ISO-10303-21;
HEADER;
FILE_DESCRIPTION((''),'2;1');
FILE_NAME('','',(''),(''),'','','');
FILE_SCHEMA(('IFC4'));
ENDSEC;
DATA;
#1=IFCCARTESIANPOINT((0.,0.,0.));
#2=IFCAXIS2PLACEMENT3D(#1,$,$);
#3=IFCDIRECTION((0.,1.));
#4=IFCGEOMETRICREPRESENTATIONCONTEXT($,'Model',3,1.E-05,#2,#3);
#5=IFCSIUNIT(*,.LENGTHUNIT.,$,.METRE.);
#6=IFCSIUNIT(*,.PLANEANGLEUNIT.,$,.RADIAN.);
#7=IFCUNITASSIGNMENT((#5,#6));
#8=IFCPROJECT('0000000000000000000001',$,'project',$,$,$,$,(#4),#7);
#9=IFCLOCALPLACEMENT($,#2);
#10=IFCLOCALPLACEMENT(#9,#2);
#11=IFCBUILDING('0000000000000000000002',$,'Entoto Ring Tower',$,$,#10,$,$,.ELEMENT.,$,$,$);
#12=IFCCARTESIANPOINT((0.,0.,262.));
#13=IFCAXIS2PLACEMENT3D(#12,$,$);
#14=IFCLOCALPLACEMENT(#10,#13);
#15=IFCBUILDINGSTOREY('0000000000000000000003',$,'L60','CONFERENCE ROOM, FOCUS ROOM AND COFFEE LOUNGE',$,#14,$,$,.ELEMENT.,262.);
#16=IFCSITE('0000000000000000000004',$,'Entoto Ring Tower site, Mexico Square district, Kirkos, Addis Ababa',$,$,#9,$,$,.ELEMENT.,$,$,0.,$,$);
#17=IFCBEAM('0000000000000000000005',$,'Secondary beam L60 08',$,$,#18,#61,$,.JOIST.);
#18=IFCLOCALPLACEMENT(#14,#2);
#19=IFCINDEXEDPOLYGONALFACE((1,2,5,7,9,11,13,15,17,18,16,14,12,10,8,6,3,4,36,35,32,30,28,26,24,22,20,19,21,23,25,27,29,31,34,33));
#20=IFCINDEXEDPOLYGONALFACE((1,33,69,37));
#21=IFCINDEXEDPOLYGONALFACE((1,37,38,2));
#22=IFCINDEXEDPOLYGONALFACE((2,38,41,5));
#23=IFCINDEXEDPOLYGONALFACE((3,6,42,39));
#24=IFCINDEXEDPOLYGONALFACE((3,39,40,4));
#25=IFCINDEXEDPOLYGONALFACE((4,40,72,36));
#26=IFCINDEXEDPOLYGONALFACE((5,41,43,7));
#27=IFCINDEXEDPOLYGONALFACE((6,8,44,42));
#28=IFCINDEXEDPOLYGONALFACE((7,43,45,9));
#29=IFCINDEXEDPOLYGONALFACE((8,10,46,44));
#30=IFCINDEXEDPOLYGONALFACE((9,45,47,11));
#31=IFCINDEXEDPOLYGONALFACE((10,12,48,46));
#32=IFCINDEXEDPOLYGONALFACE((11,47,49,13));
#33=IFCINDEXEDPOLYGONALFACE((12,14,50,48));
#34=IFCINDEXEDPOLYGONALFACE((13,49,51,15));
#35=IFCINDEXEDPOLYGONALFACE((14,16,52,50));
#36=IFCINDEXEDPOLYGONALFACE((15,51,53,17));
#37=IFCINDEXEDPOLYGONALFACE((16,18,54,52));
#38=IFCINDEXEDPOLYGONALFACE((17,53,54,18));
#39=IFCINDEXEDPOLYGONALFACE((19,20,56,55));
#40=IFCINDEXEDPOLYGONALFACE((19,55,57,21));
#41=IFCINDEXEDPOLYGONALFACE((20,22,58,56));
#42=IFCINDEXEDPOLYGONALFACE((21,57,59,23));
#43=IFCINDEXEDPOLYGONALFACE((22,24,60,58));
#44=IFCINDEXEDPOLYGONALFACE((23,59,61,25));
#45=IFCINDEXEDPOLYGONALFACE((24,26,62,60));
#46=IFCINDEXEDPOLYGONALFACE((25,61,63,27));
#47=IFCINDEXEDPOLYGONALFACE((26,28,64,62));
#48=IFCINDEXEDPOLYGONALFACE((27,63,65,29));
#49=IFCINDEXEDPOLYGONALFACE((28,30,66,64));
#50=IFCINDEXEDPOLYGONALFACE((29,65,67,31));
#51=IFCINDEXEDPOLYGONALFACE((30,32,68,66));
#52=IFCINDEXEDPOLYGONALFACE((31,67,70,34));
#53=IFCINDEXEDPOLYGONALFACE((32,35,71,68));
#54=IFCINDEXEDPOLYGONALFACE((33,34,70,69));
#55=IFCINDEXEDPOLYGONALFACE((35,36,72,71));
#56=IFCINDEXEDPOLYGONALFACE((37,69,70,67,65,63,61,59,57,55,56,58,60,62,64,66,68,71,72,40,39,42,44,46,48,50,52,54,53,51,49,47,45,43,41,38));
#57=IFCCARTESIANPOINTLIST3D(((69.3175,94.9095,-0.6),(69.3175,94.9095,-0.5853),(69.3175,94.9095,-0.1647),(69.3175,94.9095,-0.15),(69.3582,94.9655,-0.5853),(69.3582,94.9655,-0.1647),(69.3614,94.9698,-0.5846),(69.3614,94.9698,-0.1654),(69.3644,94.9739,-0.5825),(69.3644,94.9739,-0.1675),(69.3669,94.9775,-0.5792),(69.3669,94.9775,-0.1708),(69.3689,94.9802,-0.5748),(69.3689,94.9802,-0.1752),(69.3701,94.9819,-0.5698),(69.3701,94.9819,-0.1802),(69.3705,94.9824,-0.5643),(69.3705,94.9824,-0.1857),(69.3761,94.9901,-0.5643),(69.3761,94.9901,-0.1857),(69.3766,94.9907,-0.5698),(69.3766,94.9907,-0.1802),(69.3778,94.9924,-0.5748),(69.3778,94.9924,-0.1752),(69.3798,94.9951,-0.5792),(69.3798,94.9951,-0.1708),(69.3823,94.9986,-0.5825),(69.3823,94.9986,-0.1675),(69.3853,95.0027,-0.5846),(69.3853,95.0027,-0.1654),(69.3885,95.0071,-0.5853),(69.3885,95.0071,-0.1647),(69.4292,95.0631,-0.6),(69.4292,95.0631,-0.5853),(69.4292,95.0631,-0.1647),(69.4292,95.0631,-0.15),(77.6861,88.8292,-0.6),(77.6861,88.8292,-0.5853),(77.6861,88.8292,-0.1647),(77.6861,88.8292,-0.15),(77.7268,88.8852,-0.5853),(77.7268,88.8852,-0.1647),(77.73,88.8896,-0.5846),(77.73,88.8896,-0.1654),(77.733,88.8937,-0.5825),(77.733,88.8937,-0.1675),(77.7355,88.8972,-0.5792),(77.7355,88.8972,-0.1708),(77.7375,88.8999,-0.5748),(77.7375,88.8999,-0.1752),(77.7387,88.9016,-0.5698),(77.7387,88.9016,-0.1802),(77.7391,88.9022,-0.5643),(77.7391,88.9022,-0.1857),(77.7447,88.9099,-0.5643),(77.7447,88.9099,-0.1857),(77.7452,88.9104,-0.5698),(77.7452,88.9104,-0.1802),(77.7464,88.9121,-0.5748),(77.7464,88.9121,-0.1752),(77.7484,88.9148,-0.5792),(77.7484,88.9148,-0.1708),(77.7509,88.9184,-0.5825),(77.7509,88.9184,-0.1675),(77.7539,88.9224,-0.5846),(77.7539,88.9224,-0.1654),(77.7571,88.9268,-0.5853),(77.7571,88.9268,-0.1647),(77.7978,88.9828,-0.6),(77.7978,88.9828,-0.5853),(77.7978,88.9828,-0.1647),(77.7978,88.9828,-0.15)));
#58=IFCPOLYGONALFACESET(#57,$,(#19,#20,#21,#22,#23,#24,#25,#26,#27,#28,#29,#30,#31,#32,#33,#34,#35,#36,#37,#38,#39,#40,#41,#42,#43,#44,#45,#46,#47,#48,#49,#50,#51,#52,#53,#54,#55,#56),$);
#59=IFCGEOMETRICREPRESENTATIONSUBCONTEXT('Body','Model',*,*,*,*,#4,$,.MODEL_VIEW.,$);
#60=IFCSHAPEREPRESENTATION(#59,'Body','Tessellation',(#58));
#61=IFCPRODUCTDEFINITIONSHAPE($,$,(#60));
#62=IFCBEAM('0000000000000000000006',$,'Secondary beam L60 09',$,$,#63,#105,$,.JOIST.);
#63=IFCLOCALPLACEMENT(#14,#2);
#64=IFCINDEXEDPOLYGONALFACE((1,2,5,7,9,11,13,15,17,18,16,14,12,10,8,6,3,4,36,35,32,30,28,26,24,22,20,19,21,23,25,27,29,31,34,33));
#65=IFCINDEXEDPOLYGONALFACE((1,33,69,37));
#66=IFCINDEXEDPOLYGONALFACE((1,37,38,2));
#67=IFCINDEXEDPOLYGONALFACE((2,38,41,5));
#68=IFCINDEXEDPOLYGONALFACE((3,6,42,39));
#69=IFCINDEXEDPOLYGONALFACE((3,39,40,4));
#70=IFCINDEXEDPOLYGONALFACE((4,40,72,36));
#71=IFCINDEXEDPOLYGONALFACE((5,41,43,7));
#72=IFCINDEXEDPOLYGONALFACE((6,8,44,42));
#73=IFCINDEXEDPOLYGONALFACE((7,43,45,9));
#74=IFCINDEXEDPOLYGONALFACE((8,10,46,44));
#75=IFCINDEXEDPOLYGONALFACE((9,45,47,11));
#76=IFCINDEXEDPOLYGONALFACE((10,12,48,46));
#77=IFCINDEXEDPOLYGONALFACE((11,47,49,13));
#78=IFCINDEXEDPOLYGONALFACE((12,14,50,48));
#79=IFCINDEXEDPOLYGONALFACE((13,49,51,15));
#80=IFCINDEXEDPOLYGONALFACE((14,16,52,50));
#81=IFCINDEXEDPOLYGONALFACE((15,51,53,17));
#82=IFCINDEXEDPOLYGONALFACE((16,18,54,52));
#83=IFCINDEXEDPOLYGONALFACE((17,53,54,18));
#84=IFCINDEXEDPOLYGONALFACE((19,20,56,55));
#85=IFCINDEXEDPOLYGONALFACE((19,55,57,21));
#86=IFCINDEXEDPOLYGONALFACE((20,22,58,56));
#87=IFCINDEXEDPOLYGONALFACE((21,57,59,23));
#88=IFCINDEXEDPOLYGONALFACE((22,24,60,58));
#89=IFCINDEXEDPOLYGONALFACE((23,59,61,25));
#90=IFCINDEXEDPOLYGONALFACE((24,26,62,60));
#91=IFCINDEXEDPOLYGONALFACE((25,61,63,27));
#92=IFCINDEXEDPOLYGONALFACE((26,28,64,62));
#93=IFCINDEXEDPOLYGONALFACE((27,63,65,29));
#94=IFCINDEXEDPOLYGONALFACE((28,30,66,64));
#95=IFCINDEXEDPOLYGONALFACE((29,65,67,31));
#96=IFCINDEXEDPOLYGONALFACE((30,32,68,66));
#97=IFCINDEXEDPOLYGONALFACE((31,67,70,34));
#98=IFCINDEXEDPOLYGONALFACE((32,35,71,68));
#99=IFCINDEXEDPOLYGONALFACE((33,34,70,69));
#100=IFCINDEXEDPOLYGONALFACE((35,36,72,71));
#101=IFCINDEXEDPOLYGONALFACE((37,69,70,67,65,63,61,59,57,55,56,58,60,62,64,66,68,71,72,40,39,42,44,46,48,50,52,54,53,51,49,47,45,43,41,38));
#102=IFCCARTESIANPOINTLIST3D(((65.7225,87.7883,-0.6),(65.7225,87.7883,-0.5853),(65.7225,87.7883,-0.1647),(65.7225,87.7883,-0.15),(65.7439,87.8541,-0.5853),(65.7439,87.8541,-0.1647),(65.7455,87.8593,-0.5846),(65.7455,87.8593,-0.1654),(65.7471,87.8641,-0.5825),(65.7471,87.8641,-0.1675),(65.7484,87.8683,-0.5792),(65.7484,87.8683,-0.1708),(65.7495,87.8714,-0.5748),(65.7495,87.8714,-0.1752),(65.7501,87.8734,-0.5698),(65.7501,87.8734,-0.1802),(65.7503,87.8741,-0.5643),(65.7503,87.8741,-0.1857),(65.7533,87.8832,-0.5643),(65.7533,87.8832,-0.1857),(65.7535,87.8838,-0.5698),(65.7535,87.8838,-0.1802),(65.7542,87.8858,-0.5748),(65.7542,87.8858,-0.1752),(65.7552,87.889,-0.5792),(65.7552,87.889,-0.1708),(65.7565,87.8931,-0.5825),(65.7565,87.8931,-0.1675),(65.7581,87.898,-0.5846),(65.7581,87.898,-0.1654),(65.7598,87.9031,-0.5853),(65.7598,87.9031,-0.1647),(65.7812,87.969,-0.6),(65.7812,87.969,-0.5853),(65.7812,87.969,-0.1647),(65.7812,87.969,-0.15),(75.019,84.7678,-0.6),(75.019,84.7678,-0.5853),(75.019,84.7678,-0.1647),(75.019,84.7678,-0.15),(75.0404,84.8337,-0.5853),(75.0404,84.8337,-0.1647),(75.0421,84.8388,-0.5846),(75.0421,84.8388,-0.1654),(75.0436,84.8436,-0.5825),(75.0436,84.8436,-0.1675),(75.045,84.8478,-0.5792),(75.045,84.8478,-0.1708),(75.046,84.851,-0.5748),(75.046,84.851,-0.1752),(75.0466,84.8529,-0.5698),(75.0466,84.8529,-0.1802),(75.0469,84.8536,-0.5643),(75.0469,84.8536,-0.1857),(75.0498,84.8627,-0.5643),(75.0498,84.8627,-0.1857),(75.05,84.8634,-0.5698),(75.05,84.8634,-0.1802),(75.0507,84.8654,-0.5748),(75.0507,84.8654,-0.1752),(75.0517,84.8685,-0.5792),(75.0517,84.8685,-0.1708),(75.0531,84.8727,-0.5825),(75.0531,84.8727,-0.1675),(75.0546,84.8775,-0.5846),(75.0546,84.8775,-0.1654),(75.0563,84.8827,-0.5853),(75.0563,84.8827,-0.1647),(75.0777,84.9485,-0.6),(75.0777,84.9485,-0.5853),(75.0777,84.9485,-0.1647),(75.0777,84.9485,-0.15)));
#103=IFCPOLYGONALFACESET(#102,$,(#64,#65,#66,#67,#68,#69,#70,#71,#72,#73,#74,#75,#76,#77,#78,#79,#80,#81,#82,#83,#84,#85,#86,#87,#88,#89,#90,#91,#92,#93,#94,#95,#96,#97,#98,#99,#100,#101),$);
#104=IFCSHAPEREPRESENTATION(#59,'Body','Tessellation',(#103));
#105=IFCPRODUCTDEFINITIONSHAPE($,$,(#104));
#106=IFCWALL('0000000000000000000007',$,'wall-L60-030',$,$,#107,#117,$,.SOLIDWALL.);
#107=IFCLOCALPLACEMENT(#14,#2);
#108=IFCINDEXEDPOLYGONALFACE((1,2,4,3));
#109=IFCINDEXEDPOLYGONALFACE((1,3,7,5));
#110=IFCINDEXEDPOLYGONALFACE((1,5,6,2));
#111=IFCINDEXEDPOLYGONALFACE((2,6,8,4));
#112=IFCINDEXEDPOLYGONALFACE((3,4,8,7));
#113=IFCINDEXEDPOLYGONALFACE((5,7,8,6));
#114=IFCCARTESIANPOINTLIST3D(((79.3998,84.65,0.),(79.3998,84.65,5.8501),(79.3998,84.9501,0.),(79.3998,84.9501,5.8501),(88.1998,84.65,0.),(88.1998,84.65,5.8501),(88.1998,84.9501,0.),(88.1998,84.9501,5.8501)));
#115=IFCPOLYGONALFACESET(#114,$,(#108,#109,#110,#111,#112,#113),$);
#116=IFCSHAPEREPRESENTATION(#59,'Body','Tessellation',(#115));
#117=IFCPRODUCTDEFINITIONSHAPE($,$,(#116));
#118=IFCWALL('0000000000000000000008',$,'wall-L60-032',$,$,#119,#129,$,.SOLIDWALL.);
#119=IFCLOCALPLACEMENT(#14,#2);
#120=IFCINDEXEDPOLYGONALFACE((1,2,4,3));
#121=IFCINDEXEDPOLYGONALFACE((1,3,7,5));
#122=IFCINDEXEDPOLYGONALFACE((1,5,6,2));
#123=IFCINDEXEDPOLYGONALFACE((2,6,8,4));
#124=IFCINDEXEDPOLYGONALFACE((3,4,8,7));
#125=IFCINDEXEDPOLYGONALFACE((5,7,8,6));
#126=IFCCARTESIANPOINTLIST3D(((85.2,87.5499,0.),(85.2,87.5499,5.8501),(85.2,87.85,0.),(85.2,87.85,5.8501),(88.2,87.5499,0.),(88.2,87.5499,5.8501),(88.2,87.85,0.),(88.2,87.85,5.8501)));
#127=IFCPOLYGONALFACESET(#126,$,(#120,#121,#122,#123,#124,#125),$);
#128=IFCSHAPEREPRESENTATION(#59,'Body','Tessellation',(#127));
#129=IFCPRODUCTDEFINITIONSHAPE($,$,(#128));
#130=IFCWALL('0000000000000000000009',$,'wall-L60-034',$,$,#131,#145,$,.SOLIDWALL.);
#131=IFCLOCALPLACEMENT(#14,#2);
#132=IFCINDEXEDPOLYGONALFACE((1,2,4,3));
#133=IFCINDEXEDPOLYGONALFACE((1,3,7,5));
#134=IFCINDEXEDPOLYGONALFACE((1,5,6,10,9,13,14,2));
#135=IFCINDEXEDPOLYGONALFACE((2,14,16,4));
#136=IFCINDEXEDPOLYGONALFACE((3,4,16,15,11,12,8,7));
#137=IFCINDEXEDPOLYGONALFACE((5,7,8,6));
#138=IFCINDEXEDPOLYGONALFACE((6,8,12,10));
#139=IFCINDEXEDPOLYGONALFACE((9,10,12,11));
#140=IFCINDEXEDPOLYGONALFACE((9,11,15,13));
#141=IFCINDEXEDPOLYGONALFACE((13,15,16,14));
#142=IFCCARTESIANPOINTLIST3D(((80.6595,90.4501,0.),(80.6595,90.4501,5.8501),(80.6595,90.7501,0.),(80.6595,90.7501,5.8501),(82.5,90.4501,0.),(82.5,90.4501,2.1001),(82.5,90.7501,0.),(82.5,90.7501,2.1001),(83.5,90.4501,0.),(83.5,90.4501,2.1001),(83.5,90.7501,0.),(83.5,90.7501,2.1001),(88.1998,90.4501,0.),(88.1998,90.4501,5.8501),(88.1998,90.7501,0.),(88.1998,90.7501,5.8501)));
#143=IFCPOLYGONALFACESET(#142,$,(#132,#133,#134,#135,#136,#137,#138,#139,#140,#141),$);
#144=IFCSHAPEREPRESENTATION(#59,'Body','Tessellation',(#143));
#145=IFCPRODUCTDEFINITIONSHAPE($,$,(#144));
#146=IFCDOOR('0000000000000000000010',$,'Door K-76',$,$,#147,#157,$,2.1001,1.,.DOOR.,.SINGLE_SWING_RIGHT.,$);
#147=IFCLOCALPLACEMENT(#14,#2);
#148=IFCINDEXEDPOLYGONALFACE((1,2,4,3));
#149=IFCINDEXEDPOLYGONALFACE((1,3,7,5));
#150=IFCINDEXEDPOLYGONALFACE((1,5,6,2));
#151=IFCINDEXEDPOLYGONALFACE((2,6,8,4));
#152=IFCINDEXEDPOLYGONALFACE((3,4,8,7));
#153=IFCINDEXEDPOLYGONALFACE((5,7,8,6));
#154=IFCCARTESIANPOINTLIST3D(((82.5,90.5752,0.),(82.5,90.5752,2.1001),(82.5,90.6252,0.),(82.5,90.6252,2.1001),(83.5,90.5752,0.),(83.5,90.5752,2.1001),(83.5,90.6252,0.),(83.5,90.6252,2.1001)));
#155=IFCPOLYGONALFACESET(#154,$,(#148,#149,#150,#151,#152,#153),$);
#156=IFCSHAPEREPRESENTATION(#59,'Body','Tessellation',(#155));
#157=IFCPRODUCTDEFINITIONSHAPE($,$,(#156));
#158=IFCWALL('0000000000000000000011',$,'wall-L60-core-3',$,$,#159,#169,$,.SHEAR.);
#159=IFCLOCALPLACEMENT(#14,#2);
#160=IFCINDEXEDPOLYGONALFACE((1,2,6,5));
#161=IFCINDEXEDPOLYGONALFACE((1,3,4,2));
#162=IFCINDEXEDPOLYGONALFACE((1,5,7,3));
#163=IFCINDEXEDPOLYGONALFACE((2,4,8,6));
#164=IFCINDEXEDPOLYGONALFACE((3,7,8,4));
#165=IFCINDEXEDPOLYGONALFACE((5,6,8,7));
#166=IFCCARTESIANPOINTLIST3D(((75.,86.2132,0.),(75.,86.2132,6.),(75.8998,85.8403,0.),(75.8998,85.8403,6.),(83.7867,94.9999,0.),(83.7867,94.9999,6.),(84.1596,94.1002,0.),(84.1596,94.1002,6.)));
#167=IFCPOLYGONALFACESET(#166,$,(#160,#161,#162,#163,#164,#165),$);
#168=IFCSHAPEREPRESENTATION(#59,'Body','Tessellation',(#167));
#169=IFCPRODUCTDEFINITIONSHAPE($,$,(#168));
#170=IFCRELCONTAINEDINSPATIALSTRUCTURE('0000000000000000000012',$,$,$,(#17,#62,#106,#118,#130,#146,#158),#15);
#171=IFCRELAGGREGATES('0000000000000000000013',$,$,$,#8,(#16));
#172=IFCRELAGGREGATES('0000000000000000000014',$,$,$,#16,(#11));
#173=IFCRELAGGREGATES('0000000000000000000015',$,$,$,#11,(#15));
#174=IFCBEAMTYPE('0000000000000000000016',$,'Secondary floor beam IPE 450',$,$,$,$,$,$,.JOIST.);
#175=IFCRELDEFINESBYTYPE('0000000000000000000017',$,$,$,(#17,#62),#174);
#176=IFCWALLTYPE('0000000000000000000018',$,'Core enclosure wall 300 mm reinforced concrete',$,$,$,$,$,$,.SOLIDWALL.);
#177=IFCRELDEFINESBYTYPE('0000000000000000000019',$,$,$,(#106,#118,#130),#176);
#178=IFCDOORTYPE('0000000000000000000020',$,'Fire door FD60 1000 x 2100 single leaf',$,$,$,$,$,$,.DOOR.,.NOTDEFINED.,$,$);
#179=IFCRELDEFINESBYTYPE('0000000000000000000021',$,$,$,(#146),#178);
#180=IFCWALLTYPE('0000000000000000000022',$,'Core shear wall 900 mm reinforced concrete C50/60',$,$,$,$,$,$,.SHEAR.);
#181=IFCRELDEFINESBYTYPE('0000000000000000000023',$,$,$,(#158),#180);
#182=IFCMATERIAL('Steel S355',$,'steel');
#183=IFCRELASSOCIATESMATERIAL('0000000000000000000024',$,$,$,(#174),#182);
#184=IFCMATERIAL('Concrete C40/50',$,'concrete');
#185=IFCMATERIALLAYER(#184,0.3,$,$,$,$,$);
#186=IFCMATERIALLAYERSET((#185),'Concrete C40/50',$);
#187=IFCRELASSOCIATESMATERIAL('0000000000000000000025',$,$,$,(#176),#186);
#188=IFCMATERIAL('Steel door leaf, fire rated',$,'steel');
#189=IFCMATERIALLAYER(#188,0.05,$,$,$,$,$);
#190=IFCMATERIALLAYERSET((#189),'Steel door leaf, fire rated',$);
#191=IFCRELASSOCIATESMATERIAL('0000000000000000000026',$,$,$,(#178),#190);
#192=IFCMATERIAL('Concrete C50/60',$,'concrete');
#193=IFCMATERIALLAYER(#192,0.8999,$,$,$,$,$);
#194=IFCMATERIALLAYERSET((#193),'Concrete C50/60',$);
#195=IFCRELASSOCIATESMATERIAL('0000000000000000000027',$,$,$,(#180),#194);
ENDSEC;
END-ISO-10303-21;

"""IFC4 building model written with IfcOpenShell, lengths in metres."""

from ifc_helpers import new_model, si_unit, direction, frame, frame_2d, origin, origin_2d, place, context, subcontext, project, spatial, polyline, rectangle, i_section, outline, extrude, material, layer, layer_set, material_profile, profile_set, type_object, element, fill, save


model = new_model("IFC4")

# Units and contexts
model_context = context("Model", 3, precision=1e-05, world=origin(), true_north=direction((0.0, 1.0)))
body_context = subcontext(model_context, "Body", "Model", "MODEL_VIEW")
ifc_project = project(units=[si_unit("LENGTHUNIT", "METRE"), si_unit("PLANEANGLEUNIT", "RADIAN")], contexts=[model_context])

# Site, building, storey
site_placement = place(None, origin())
site = spatial("IfcSite", under=ifc_project, at=site_placement, Name="Entoto Ring Tower site, Mexico Square district, Kirkos, Addis Ababa", CompositionType="ELEMENT", RefElevation=0.0)
building_placement = place(site_placement, origin())
building = spatial("IfcBuilding", under=site, at=building_placement, Name="Entoto Ring Tower", CompositionType="ELEMENT")
storey_placement = place(building_placement, frame((0.0, 0.0, 262.0)))
storey = spatial("IfcBuildingStorey", under=building, at=storey_placement, Name="L60", Description="CONFERENCE ROOM, FOCUS ROOM AND COFFEE LOUNGE", CompositionType="ELEMENT", Elevation=262.0)

# Beams
ifc_material_1 = material(Name="Steel S355", Category="steel")
ifc_material_profile_1 = material_profile(ifc_material_1, i_section(OverallWidth=0.1899, OverallDepth=0.45, WebThickness=0.0095, FlangeThickness=0.0146, FilletRadius=0.021, at=origin_2d()), Name="IPE 450")
ifc_profile_set_1 = profile_set([ifc_material_profile_1], Name="Steel S355")
beam_type_1 = type_object("IfcBeamType", Name="Secondary floor beam IPE 450", PredefinedType="JOIST", material=ifc_profile_set_1)
for number, where, z_axis, x_axis, name in (
    (1, (77.7419, 88.906, -0.375), (-0.809011, 0.587794, 0.0), (-0.587794, -0.809011, 0.0), "Secondary beam L60 08"),
):
    element("IfcBeam", number, at=place(storey_placement, frame(where, z_axis=z_axis, x_axis=x_axis)), inside=storey, type_object=beam_type_1, Name=name, PredefinedType="JOIST", context=body_context, shape_type="SweptSolid", body=[
        extrude(i_section(OverallWidth=0.1899, OverallDepth=0.45, WebThickness=0.0095, FlangeThickness=0.0146, FilletRadius=0.021, at=origin_2d()), origin(), (0.0, 0.0, 1.0), 10.3442),
    ])
beam_1_placement = place(storey_placement, frame((75.0483, 84.8582, -0.375), z_axis=(-0.951061, 0.309003, 0.0), x_axis=(-0.309003, -0.951061, 0.0)))
element("IfcBeam", 2, at=beam_1_placement, inside=storey, type_object=beam_type_1, Name="Secondary beam L60 09", PredefinedType="JOIST", context=body_context, shape_type="SweptSolid", body=[
    extrude(i_section(OverallWidth=0.1899, OverallDepth=0.45, WebThickness=0.0095, FlangeThickness=0.0146, FilletRadius=0.021, at=origin_2d()), origin(), (0.0, 0.0, 1.0), 9.7749),
])

# Walls
ifc_material_2 = material(Name="Concrete C40/50", Category="concrete")
ifc_layer_1 = layer(ifc_material_2, 0.3)
ifc_layer_set_1 = layer_set([ifc_layer_1], Name="Concrete C40/50")
wall_type_1 = type_object("IfcWallType", Name="Core enclosure wall 300 mm reinforced concrete", PredefinedType="SOLIDWALL", material=ifc_layer_set_1)
wall_1_placement = place(storey_placement, frame((79.3999, 84.8, 0.0), z_axis=(0.0, 0.0, 1.0), x_axis=(1.0, 0.0, 0.0)))
element("IfcWall", 3, at=wall_1_placement, inside=storey, type_object=wall_type_1, Name="wall-L60-030", PredefinedType="SOLIDWALL", context=body_context, shape_type="SweptSolid", body=[
    extrude(rectangle(XDim=8.8, YDim=0.3, at=frame_2d((4.3999, 0.0))), origin(), (0.0, 0.0, 1.0), 5.8501),
])
wall_2_placement = place(storey_placement, frame((85.2, 87.7, 0.0), z_axis=(0.0, 0.0, 1.0), x_axis=(1.0, 0.0, 0.0)))
element("IfcWall", 4, at=wall_2_placement, inside=storey, type_object=wall_type_1, Name="wall-L60-032", PredefinedType="SOLIDWALL", context=body_context, shape_type="SweptSolid", body=[
    extrude(rectangle(XDim=3.0, YDim=0.3, at=frame_2d((1.5, 0.0))), origin(), (0.0, 0.0, 1.0), 5.8501),
])

# Wall, opening, door
wall_3_placement = place(storey_placement, frame((80.6597, 90.6001, 0.0), z_axis=(0.0, 0.0, 1.0), x_axis=(1.0, 0.0, 0.0)))
wall_3 = element("IfcWall", 5, at=wall_3_placement, inside=storey, type_object=wall_type_1, Name="wall-L60-034", PredefinedType="SOLIDWALL", context=body_context, shape_type="SweptSolid", body=[
    extrude(rectangle(XDim=7.5403, YDim=0.3, at=frame_2d((3.77, 0.0))), origin(), (0.0, 0.0, 1.0), 5.8501),
])
opening_1_placement = place(wall_3_placement, frame((1.8403, 0.0, 0.0)))
opening_1 = element("IfcOpeningElement", 6, at=opening_1_placement, cuts=wall_3, PredefinedType="OPENING", context=body_context, shape_type="SweptSolid", body=[
    extrude(rectangle(XDim=1.0, YDim=2.1001, at=frame_2d((0.5, 1.05))), frame((0.0, 0.1602, 0.0), z_axis=(0.0, -1.0, 0.0), x_axis=(1.0, 0.0, 0.0)), (0.0, 0.0, 1.0), 0.3201),
])
ifc_material_3 = material(Name="Steel door leaf, fire rated", Category="steel")
ifc_layer_2 = layer(ifc_material_3, 0.05)
ifc_layer_set_2 = layer_set([ifc_layer_2], Name="Steel door leaf, fire rated")
door_type_1 = type_object("IfcDoorType", Name="Fire door FD60 1000 x 2100 single leaf", OperationType="NOTDEFINED", PredefinedType="DOOR", material=ifc_layer_set_2)
door_1_placement = place(opening_1_placement, frame((1.0, 0.0, 0.0), z_axis=(0.0, 0.0, 1.0), x_axis=(-1.0, 0.0, 0.0)))
door_1 = element("IfcDoor", 7, at=door_1_placement, inside=storey, type_object=door_type_1, Name="Door K-76", OperationType="SINGLE_SWING_RIGHT", OverallHeight=2.1001, OverallWidth=1.0, PredefinedType="DOOR", context=body_context, shape_type="SweptSolid", body=[
    extrude(rectangle(XDim=1.0, YDim=2.1001, at=frame_2d((0.5, 1.05))), frame((0.0, 0.0249, 0.0), z_axis=(0.0, -1.0, 0.0), x_axis=(1.0, 0.0, 0.0)), (0.0, 0.0, 1.0), 0.05),
])
fill(opening_1, door_1)

# Wall
ifc_material_4 = material(Name="Concrete C50/60", Category="concrete")
ifc_layer_3 = layer(ifc_material_4, 0.8999)
ifc_layer_set_3 = layer_set([ifc_layer_3], Name="Concrete C50/60")
wall_type_2 = type_object("IfcWallType", Name="Core shear wall 900 mm reinforced concrete C50/60", PredefinedType="SHEAR", material=ifc_layer_set_3)
wall_4_placement = place(storey_placement, frame((83.9731, 94.55, 0.0), z_axis=(0.0, 0.0, 1.0), x_axis=(-0.707107, -0.707107, 0.0)))
element("IfcWall", 8, at=wall_4_placement, inside=storey, type_object=wall_type_2, Name="wall-L60-core-3", PredefinedType="SHEAR", context=body_context, shape_type="SweptSolid", body=[
    extrude(outline(polyline([(-0.1863, -0.45), (12.24, -0.45), (11.8674, 0.45), (0.1863, 0.45), (-0.1863, -0.45)])), origin(), (0.0, 0.0, 1.0), 6.0),
])

save(model, "model.ifc")
